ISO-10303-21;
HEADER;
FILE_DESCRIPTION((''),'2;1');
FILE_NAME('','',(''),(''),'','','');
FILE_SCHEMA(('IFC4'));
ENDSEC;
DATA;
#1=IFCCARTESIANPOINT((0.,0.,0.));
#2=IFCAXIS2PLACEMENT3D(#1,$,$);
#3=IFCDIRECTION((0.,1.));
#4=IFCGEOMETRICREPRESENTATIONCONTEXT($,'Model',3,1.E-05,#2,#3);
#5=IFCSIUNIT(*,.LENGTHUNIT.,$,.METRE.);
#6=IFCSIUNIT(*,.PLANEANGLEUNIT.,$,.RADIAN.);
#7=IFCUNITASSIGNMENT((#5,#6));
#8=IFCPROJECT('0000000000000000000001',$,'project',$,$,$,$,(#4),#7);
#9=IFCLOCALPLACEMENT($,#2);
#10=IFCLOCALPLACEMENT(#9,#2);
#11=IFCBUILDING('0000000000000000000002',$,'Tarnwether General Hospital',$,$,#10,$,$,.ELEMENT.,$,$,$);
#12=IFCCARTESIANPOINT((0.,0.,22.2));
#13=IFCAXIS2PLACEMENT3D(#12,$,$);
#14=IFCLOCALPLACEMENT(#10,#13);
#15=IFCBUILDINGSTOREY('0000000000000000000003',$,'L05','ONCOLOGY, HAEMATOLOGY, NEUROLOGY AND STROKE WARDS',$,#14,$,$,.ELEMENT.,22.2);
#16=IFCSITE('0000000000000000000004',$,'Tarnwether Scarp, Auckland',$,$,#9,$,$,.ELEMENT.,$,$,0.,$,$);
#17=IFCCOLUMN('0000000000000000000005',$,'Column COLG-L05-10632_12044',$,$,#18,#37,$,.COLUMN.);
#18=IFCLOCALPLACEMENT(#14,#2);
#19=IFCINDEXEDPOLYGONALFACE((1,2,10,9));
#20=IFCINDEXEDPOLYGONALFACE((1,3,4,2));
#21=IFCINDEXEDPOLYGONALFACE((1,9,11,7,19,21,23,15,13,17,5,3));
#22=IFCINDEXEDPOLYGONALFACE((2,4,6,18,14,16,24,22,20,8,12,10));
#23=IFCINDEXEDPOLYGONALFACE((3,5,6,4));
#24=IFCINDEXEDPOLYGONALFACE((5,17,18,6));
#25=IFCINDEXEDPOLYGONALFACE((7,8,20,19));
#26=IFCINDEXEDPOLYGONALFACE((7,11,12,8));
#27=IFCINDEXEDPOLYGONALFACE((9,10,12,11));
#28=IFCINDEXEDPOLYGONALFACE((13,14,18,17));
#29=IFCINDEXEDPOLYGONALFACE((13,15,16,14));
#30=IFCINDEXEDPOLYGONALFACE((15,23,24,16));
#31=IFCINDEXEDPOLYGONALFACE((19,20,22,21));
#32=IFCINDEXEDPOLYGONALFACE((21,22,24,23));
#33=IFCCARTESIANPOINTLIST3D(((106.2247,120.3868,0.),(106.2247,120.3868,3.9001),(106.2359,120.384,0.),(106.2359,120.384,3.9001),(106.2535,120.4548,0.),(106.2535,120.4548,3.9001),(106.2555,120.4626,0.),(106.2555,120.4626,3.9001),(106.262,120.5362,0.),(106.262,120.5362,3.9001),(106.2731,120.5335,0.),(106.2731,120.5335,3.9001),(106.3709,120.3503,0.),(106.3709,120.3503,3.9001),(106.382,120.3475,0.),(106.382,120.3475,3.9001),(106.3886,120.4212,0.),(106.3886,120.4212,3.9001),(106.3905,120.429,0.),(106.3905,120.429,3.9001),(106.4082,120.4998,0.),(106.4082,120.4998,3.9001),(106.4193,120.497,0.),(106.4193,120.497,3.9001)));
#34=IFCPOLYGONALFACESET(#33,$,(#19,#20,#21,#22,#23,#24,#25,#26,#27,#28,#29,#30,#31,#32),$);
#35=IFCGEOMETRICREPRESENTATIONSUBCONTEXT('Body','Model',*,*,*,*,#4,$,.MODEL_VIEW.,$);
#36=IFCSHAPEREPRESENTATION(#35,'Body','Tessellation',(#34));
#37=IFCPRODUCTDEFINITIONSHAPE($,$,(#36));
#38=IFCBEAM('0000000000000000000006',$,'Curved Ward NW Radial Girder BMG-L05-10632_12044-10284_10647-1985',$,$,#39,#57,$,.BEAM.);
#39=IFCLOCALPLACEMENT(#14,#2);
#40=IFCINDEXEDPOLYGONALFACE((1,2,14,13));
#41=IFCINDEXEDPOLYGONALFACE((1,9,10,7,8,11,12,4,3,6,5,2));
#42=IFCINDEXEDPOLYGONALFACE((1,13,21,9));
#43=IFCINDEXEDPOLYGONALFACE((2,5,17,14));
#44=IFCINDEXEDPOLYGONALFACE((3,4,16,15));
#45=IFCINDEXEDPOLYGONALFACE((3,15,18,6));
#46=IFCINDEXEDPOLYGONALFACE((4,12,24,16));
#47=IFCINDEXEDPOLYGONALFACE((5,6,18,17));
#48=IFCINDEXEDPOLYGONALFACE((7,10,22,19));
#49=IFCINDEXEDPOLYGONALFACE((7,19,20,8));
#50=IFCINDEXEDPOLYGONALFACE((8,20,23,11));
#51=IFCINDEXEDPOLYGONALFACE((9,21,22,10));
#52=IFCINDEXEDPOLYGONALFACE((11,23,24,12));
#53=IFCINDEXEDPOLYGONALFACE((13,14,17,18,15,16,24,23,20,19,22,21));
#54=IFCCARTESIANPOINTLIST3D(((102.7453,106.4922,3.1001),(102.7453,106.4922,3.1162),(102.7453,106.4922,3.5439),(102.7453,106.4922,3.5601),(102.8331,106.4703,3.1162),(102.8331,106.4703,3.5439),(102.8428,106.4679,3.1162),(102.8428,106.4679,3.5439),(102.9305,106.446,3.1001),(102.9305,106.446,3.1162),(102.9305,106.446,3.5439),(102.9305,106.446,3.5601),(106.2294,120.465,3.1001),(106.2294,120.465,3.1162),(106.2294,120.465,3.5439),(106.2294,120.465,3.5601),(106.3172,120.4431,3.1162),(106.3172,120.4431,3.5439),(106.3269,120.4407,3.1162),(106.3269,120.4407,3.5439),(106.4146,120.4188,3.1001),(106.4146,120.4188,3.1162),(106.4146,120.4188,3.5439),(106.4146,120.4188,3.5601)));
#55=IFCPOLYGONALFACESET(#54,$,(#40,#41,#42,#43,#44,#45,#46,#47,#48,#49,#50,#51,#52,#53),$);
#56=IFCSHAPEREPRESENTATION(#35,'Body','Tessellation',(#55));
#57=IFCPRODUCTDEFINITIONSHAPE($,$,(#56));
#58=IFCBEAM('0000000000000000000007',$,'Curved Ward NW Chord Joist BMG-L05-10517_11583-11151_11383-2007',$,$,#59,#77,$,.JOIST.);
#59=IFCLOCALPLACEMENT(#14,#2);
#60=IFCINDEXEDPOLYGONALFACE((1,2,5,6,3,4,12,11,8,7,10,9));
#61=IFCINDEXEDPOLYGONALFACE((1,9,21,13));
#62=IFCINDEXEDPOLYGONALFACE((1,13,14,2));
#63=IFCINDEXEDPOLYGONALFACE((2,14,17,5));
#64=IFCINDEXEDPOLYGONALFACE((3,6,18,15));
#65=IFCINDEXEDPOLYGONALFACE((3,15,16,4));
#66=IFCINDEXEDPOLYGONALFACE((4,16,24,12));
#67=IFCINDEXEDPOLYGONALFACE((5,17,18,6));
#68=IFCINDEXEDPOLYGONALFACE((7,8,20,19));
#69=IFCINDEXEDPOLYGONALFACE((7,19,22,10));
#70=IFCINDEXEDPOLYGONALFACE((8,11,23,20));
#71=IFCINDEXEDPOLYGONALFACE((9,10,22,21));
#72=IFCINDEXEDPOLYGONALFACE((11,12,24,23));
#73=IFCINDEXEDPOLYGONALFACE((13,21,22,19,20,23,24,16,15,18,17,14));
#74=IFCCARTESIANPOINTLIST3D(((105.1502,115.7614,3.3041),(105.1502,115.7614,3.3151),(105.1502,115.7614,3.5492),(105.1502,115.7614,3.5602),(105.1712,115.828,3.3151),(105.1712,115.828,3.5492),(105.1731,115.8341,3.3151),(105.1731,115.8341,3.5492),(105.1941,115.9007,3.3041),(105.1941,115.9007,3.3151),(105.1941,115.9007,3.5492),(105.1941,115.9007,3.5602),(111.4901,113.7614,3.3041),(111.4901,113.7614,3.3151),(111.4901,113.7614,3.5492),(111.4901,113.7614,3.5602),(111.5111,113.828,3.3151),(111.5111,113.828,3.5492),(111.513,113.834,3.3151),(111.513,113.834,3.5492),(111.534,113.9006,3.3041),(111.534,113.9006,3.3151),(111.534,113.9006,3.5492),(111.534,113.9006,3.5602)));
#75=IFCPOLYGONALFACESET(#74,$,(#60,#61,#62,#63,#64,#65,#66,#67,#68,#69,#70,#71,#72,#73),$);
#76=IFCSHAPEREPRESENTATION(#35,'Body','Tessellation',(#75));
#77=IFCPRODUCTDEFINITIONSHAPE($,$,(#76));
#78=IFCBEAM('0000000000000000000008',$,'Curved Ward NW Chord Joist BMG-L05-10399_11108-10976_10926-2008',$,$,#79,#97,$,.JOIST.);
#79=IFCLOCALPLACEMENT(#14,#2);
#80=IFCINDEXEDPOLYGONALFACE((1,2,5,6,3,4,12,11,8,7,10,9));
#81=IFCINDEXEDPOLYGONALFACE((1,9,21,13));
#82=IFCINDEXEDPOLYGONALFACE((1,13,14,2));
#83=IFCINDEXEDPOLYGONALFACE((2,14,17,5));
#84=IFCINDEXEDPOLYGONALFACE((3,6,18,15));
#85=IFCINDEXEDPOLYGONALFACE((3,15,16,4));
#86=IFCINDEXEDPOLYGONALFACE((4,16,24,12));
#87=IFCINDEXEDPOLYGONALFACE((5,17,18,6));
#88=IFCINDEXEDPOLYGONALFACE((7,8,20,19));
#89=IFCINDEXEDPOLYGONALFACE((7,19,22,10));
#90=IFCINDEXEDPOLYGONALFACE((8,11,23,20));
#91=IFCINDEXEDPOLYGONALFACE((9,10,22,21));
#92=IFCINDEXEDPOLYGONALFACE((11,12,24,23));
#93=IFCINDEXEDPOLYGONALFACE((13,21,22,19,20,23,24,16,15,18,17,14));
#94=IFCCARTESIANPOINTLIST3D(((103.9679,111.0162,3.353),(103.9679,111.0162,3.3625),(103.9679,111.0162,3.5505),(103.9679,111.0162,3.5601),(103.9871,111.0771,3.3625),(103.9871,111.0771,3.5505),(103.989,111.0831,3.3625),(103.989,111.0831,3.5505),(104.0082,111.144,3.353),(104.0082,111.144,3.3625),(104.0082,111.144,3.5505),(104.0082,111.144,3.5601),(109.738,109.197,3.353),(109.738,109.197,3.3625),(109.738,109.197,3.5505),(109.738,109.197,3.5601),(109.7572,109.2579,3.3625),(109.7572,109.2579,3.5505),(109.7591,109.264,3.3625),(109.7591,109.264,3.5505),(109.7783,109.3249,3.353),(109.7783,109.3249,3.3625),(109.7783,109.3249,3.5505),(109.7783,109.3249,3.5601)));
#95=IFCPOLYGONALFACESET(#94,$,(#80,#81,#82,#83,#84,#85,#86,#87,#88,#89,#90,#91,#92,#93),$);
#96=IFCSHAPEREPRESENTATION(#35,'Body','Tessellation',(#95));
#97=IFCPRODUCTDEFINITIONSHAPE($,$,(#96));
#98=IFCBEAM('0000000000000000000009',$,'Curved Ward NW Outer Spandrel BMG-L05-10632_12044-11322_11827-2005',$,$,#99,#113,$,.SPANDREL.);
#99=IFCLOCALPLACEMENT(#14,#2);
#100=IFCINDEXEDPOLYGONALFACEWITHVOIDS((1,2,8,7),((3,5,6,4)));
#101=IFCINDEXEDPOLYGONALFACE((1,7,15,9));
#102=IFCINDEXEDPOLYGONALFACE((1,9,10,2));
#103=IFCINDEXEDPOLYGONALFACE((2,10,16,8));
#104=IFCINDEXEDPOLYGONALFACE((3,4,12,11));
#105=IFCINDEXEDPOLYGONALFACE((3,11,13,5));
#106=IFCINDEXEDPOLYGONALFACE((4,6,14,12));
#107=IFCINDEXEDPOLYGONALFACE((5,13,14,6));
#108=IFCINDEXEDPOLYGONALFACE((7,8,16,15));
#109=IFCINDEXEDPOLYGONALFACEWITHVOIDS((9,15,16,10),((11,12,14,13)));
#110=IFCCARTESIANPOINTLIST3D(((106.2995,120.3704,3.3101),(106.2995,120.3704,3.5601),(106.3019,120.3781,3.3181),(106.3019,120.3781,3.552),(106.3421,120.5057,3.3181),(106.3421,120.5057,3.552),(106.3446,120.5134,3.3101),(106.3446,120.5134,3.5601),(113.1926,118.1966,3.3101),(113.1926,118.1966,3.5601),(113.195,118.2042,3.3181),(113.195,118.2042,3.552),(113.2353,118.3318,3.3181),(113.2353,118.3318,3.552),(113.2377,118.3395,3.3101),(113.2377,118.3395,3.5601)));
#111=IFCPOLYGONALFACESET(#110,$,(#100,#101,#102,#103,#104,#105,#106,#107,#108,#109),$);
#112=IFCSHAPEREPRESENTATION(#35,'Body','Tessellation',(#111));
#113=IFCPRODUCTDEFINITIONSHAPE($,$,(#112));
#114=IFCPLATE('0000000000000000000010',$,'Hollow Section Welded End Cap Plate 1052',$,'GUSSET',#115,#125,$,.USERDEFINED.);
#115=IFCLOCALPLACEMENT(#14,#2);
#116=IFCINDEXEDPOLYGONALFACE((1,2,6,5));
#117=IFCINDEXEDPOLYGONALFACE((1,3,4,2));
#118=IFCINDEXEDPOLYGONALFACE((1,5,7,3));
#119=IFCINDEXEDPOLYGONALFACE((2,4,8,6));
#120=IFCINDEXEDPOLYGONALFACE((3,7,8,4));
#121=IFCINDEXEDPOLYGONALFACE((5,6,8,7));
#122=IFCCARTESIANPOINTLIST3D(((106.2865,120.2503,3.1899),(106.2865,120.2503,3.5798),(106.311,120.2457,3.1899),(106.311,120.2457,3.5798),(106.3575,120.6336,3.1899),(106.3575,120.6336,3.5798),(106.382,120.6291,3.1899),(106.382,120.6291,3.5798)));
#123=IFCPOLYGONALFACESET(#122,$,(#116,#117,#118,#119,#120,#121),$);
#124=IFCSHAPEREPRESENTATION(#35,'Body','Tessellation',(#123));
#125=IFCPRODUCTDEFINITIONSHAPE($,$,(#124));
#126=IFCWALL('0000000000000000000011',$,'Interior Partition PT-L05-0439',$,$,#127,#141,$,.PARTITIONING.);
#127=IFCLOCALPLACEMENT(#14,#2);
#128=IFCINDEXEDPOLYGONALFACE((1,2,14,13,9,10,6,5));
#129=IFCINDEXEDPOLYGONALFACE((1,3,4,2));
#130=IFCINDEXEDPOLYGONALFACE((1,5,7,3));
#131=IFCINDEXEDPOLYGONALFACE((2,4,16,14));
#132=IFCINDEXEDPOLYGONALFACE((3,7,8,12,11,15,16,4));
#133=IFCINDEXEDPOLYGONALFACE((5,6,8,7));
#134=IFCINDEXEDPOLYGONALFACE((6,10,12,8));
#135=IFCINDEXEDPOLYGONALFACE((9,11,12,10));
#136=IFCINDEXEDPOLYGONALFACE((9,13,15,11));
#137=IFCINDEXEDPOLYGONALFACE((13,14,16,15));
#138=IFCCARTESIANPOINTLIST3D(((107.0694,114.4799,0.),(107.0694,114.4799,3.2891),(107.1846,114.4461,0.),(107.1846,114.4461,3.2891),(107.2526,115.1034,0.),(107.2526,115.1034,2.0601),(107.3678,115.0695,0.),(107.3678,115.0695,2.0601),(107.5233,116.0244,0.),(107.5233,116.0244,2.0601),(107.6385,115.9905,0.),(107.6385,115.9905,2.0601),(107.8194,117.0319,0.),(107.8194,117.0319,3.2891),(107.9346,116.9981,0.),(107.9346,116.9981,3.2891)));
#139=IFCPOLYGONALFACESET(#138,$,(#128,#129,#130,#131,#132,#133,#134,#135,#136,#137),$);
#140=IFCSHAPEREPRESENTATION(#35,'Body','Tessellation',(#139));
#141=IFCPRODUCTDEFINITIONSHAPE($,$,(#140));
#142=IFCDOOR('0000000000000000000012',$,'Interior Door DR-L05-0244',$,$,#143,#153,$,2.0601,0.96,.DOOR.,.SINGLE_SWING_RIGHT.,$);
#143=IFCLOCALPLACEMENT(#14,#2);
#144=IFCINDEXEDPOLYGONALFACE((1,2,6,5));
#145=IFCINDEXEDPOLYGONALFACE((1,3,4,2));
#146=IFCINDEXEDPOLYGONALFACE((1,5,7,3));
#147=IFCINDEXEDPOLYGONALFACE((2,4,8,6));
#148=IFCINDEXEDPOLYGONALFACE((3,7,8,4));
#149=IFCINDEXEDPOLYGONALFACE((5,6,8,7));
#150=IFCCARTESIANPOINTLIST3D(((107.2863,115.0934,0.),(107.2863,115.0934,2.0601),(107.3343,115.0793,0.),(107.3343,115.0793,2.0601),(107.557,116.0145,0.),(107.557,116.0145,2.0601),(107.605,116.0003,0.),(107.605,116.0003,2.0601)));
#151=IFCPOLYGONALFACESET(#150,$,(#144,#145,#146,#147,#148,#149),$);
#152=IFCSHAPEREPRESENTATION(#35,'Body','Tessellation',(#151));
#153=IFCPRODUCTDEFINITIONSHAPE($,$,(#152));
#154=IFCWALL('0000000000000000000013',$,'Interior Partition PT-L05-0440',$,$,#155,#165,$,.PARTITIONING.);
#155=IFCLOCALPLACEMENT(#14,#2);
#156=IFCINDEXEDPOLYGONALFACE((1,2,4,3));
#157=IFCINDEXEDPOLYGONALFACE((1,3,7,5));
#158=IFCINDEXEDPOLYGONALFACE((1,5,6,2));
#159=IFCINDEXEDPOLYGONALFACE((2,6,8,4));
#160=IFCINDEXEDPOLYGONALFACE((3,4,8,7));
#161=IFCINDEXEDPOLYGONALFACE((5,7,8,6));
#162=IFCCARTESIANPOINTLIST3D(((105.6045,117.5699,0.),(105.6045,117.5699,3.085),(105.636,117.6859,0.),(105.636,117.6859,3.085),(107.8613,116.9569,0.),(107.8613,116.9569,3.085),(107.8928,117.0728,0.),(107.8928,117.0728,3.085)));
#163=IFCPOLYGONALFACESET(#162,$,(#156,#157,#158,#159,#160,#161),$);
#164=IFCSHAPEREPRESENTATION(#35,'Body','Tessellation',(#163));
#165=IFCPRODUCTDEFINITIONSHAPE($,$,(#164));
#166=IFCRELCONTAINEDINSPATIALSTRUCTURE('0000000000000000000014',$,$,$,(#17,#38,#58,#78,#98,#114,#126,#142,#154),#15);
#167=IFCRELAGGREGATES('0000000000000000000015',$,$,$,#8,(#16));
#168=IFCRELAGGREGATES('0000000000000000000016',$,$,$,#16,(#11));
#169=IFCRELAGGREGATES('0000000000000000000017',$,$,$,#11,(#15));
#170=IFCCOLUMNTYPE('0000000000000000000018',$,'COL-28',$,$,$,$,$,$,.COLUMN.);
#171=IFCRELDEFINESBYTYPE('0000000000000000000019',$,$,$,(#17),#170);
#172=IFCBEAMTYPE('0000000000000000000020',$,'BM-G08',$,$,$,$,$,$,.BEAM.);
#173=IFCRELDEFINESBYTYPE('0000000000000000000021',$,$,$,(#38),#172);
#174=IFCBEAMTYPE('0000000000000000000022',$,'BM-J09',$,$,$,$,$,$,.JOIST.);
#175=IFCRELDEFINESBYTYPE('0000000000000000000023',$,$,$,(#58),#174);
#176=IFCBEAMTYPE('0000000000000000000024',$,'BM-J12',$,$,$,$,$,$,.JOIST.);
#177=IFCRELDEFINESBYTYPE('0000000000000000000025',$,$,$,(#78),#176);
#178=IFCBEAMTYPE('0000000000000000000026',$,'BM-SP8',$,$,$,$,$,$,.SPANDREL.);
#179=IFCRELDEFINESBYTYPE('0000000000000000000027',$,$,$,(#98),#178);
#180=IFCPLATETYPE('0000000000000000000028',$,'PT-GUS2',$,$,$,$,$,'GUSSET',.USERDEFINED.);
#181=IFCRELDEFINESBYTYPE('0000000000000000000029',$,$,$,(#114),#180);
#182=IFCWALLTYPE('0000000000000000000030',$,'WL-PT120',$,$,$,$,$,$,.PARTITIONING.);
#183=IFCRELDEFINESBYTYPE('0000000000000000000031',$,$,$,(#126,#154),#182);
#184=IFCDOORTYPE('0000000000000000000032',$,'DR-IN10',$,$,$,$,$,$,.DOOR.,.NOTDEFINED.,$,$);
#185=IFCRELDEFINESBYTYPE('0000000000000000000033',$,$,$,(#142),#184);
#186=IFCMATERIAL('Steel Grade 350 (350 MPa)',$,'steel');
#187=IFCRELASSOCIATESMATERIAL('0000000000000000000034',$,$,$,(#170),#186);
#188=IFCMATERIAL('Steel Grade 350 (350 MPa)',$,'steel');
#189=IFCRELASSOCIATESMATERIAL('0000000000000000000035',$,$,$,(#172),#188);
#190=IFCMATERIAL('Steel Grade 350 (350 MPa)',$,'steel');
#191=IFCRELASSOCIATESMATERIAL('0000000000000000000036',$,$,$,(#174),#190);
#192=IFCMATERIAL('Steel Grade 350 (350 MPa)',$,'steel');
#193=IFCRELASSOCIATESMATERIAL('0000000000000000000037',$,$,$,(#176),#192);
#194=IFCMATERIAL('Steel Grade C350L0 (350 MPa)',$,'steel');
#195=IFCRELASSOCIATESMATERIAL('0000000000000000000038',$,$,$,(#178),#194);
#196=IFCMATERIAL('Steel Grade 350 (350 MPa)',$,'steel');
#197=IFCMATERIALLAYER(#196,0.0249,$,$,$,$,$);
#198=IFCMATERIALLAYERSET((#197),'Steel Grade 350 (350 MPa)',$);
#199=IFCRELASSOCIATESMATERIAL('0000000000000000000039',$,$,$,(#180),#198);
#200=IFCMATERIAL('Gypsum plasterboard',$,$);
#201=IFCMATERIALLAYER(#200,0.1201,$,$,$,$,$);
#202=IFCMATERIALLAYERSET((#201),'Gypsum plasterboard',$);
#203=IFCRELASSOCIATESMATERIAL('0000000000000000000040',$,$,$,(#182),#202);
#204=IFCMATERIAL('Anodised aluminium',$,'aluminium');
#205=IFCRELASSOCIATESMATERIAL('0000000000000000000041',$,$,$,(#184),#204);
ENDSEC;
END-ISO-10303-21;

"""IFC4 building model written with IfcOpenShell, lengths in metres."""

from ifc_helpers import new_model, si_unit, direction, frame, frame_2d, origin, origin_2d, place, context, subcontext, project, spatial, rectangle, hollow_rectangle, i_section, extrude, material, layer, layer_set, material_profile, profile_set, type_object, element, fill, save


model = new_model("IFC4")

# Units and contexts
model_context = context("Model", 3, precision=1e-05, world=origin(), true_north=direction((0.0, 1.0)))
body_context = subcontext(model_context, "Body", "Model", "MODEL_VIEW")
ifc_project = project(units=[si_unit("LENGTHUNIT", "METRE"), si_unit("PLANEANGLEUNIT", "RADIAN")], contexts=[model_context])

# Site, building, storey
site_placement = place(None, origin())
site = spatial("IfcSite", under=ifc_project, at=site_placement, Name="Tarnwether Scarp, Auckland", CompositionType="ELEMENT", RefElevation=0.0)
building_placement = place(site_placement, origin())
building = spatial("IfcBuilding", under=site, at=building_placement, Name="Tarnwether General Hospital", CompositionType="ELEMENT")
storey_placement = place(building_placement, frame((0.0, 0.0, 22.2)))
storey = spatial("IfcBuildingStorey", under=building, at=storey_placement, Name="L05", Description="ONCOLOGY, HAEMATOLOGY, NEUROLOGY AND STROKE WARDS", CompositionType="ELEMENT", Elevation=22.2)

# Column
ifc_material_1 = material(Name="Steel Grade 350 (350 MPa)", Category="steel")
ifc_material_profile_1 = material_profile(ifc_material_1, i_section(OverallWidth=0.1541, OverallDepth=0.1621, WebThickness=0.0081, FlangeThickness=0.0115, at=origin_2d()), Name="150UC37.2")
ifc_profile_set_1 = profile_set([ifc_material_profile_1], Name="Steel Grade 350 (350 MPa)")
column_type = type_object("IfcColumnType", Name="COL-28", PredefinedType="COLUMN", material=ifc_profile_set_1)
column_placement = place(storey_placement, frame((106.322, 120.4419, 0.0), z_axis=(0.0, 0.0, 1.0), x_axis=(0.241922, 0.970296, 0.0)))
element("IfcColumn", 1, at=column_placement, inside=storey, type_object=column_type, Name="Column COLG-L05-10632_12044", PredefinedType="COLUMN", context=body_context, shape_type="SweptSolid", body=[
    extrude(i_section(OverallWidth=0.1541, OverallDepth=0.1621, WebThickness=0.0081, FlangeThickness=0.0115, at=origin_2d()), origin(), (0.0, 0.0, 1.0), 3.9001),
])

# Beams
ifc_material_2 = material(Name="Steel Grade 350 (350 MPa)", Category="steel")
ifc_material_profile_2 = material_profile(ifc_material_2, i_section(OverallWidth=0.1909, OverallDepth=0.46, WebThickness=0.01, FlangeThickness=0.0161, at=origin_2d()), Name="460UB82.1")
ifc_profile_set_2 = profile_set([ifc_material_profile_2], Name="Steel Grade 350 (350 MPa)")
beam_type_1 = type_object("IfcBeamType", Name="BM-G08", PredefinedType="BEAM", material=ifc_profile_set_2)
beam_1_placement = place(storey_placement, frame((106.322, 120.4419, 3.3301), z_axis=(-0.241941, -0.970291, 0.0), x_axis=(0.970291, -0.241941, 0.0)))
element("IfcBeam", 2, at=beam_1_placement, inside=storey, type_object=beam_type_1, Name="Curved Ward NW Radial Girder BMG-L05-10632_12044-10284_10647-1985", PredefinedType="BEAM", context=body_context, shape_type="SweptSolid", body=[
    extrude(i_section(OverallWidth=0.1909, OverallDepth=0.46, WebThickness=0.01, FlangeThickness=0.0161, at=origin_2d()), origin(), (0.0, 0.0, 1.0), 14.4006),
])
ifc_material_3 = material(Name="Steel Grade 350 (350 MPa)", Category="steel")
ifc_material_profile_3 = material_profile(ifc_material_3, i_section(OverallWidth=0.146, OverallDepth=0.2561, WebThickness=0.0063, FlangeThickness=0.011, at=origin_2d()), Name="250UB37.3")
ifc_profile_set_3 = profile_set([ifc_material_profile_3], Name="Steel Grade 350 (350 MPa)")
beam_type_2 = type_object("IfcBeamType", Name="BM-J09", PredefinedType="JOIST", material=ifc_profile_set_3)
beam_2_placement = place(storey_placement, frame((105.1721, 115.8311, 3.4321), z_axis=(0.953671, -0.30085, 0.0), x_axis=(0.30085, 0.953671, 0.0)))
element("IfcBeam", 3, at=beam_2_placement, inside=storey, type_object=beam_type_2, Name="Curved Ward NW Chord Joist BMG-L05-10517_11583-11151_11383-2007", PredefinedType="JOIST", context=body_context, shape_type="SweptSolid", body=[
    extrude(i_section(OverallWidth=0.146, OverallDepth=0.2561, WebThickness=0.0063, FlangeThickness=0.011, at=origin_2d()), origin(), (0.0, 0.0, 1.0), 6.6479),
])
ifc_material_4 = material(Name="Steel Grade 350 (350 MPa)", Category="steel")
ifc_material_profile_4 = material_profile(ifc_material_4, i_section(OverallWidth=0.134, OverallDepth=0.207, WebThickness=0.0063, FlangeThickness=0.0095, at=origin_2d()), Name="200UB29.8")
ifc_profile_set_4 = profile_set([ifc_material_profile_4], Name="Steel Grade 350 (350 MPa)")
beam_type_3 = type_object("IfcBeamType", Name="BM-J12", PredefinedType="JOIST", material=ifc_profile_set_4)
beam_3_placement = place(storey_placement, frame((103.988, 111.0801, 3.4565), z_axis=(0.953726, -0.300677, 0.0), x_axis=(0.300677, 0.953726, 0.0)))
element("IfcBeam", 4, at=beam_3_placement, inside=storey, type_object=beam_type_3, Name="Curved Ward NW Chord Joist BMG-L05-10399_11108-10976_10926-2008", PredefinedType="JOIST", context=body_context, shape_type="SweptSolid", body=[
    extrude(i_section(OverallWidth=0.134, OverallDepth=0.207, WebThickness=0.0063, FlangeThickness=0.0095, at=origin_2d()), origin(), (0.0, 0.0, 1.0), 6.05),
])
ifc_material_5 = material(Name="Steel Grade C350L0 (350 MPa)", Category="steel")
ifc_material_profile_5 = material_profile(ifc_material_5, hollow_rectangle(XDim=0.1499, YDim=0.25, WallThickness=0.0081, at=origin_2d()), Name="RHS250x150x8")
ifc_profile_set_5 = profile_set([ifc_material_profile_5], Name="Steel Grade C350L0 (350 MPa)")
beam_type_4 = type_object("IfcBeamType", Name="BM-SP8", PredefinedType="SPANDREL", material=ifc_profile_set_5)
beam_4_placement = place(storey_placement, frame((106.322, 120.4419, 3.4351), z_axis=(0.953699, -0.300763, 0.0), x_axis=(0.300763, 0.953699, 0.0)))
element("IfcBeam", 5, at=beam_4_placement, inside=storey, type_object=beam_type_4, Name="Curved Ward NW Outer Spandrel BMG-L05-10632_12044-11322_11827-2005", PredefinedType="SPANDREL", context=body_context, shape_type="SweptSolid", body=[
    extrude(hollow_rectangle(XDim=0.1499, YDim=0.25, WallThickness=0.0081, at=origin_2d()), origin(), (0.0, 0.0, 1.0), 7.2278),
])

# Plate
ifc_material_6 = material(Name="Steel Grade 350 (350 MPa)", Category="steel")
ifc_layer_1 = layer(ifc_material_6, 0.0249)
ifc_layer_set_1 = layer_set([ifc_layer_1], Name="Steel Grade 350 (350 MPa)")
plate_type = type_object("IfcPlateType", Name="PT-GUS2", ElementType="GUSSET", PredefinedType="USERDEFINED", material=ifc_layer_set_1)
plate_placement = place(storey_placement, frame((106.3342, 120.4397, 3.1899), z_axis=(0.0, 0.0, 1.0), x_axis=(0.983261, -0.182201, 0.0)))
element("IfcPlate", 6, at=plate_placement, inside=storey, type_object=plate_type, Name="Hollow Section Welded End Cap Plate 1052", ObjectType="GUSSET", PredefinedType="USERDEFINED", context=body_context, shape_type="SweptSolid", body=[
    extrude(rectangle(XDim=0.0249, YDim=0.3899, at=origin_2d()), origin(), (0.0, 0.0, 1.0), 0.3899),
])

# Wall, opening, door
ifc_material_7 = material(Name="Gypsum plasterboard")
ifc_layer_2 = layer(ifc_material_7, 0.1201)
ifc_layer_set_2 = layer_set([ifc_layer_2], Name="Gypsum plasterboard")
wall_type_1 = type_object("IfcWallType", Name="WL-PT120", PredefinedType="PARTITIONING", material=ifc_layer_set_2)
wall_1_placement = place(storey_placement, frame((107.127, 114.4629, 0.0), z_axis=(0.0, 0.0, 1.0), x_axis=(0.281963, 0.959425, 0.0)))
wall_1 = element("IfcWall", 7, at=wall_1_placement, inside=storey, type_object=wall_type_1, Name="Interior Partition PT-L05-0439", PredefinedType="PARTITIONING", context=body_context, shape_type="SweptSolid", body=[
    extrude(rectangle(XDim=2.6599, YDim=0.1201, at=frame_2d((1.3301, 0.0))), origin(), (0.0, 0.0, 1.0), 3.2891),
])
opening_1_placement = place(wall_1_placement, frame((0.6499, 0.0, 0.0)))
opening_1 = element("IfcOpeningElement", 8, at=opening_1_placement, cuts=wall_1, PredefinedType="OPENING", context=body_context, shape_type="SweptSolid", body=[
    extrude(rectangle(XDim=0.96, YDim=2.0601, at=frame_2d((0.48, 1.03))), frame((0.0, 0.0701, 0.0), z_axis=(0.0, -1.0, 0.0), x_axis=(1.0, 0.0, 0.0)), (0.0, 0.0, 1.0), 0.1401),
])
ifc_material_8 = material(Name="Anodised aluminium", Category="aluminium")
door_type_1 = type_object("IfcDoorType", Name="DR-IN10", OperationType="NOTDEFINED", PredefinedType="DOOR", material=ifc_material_8)
door_1_placement = place(opening_1_placement, origin())
door_1 = element("IfcDoor", 9, at=door_1_placement, inside=storey, type_object=door_type_1, Name="Interior Door DR-L05-0244", OperationType="SINGLE_SWING_RIGHT", OverallHeight=2.0601, OverallWidth=0.96, PredefinedType="DOOR", context=body_context, shape_type="SweptSolid", body=[
    extrude(rectangle(XDim=0.96, YDim=2.0601, at=frame_2d((0.48, 1.03))), frame((0.0, 0.0249, 0.0), z_axis=(0.0, -1.0, 0.0), x_axis=(1.0, 0.0, 0.0)), (0.0, 0.0, 1.0), 0.05),
])
fill(opening_1, door_1)

# Wall
wall_2_placement = place(storey_placement, frame((105.6201, 117.6279, 0.0), z_axis=(0.0, 0.0, 1.0), x_axis=(0.965031, -0.262137, 0.0)))
element("IfcWall", 10, at=wall_2_placement, inside=storey, type_object=wall_type_1, Name="Interior Partition PT-L05-0440", PredefinedType="PARTITIONING", context=body_context, shape_type="SweptSolid", body=[
    extrude(rectangle(XDim=2.3386, YDim=0.1201, at=frame_2d((1.1694, 0.0))), origin(), (0.0, 0.0, 1.0), 3.085),
])

save(model, "model.ifc")
